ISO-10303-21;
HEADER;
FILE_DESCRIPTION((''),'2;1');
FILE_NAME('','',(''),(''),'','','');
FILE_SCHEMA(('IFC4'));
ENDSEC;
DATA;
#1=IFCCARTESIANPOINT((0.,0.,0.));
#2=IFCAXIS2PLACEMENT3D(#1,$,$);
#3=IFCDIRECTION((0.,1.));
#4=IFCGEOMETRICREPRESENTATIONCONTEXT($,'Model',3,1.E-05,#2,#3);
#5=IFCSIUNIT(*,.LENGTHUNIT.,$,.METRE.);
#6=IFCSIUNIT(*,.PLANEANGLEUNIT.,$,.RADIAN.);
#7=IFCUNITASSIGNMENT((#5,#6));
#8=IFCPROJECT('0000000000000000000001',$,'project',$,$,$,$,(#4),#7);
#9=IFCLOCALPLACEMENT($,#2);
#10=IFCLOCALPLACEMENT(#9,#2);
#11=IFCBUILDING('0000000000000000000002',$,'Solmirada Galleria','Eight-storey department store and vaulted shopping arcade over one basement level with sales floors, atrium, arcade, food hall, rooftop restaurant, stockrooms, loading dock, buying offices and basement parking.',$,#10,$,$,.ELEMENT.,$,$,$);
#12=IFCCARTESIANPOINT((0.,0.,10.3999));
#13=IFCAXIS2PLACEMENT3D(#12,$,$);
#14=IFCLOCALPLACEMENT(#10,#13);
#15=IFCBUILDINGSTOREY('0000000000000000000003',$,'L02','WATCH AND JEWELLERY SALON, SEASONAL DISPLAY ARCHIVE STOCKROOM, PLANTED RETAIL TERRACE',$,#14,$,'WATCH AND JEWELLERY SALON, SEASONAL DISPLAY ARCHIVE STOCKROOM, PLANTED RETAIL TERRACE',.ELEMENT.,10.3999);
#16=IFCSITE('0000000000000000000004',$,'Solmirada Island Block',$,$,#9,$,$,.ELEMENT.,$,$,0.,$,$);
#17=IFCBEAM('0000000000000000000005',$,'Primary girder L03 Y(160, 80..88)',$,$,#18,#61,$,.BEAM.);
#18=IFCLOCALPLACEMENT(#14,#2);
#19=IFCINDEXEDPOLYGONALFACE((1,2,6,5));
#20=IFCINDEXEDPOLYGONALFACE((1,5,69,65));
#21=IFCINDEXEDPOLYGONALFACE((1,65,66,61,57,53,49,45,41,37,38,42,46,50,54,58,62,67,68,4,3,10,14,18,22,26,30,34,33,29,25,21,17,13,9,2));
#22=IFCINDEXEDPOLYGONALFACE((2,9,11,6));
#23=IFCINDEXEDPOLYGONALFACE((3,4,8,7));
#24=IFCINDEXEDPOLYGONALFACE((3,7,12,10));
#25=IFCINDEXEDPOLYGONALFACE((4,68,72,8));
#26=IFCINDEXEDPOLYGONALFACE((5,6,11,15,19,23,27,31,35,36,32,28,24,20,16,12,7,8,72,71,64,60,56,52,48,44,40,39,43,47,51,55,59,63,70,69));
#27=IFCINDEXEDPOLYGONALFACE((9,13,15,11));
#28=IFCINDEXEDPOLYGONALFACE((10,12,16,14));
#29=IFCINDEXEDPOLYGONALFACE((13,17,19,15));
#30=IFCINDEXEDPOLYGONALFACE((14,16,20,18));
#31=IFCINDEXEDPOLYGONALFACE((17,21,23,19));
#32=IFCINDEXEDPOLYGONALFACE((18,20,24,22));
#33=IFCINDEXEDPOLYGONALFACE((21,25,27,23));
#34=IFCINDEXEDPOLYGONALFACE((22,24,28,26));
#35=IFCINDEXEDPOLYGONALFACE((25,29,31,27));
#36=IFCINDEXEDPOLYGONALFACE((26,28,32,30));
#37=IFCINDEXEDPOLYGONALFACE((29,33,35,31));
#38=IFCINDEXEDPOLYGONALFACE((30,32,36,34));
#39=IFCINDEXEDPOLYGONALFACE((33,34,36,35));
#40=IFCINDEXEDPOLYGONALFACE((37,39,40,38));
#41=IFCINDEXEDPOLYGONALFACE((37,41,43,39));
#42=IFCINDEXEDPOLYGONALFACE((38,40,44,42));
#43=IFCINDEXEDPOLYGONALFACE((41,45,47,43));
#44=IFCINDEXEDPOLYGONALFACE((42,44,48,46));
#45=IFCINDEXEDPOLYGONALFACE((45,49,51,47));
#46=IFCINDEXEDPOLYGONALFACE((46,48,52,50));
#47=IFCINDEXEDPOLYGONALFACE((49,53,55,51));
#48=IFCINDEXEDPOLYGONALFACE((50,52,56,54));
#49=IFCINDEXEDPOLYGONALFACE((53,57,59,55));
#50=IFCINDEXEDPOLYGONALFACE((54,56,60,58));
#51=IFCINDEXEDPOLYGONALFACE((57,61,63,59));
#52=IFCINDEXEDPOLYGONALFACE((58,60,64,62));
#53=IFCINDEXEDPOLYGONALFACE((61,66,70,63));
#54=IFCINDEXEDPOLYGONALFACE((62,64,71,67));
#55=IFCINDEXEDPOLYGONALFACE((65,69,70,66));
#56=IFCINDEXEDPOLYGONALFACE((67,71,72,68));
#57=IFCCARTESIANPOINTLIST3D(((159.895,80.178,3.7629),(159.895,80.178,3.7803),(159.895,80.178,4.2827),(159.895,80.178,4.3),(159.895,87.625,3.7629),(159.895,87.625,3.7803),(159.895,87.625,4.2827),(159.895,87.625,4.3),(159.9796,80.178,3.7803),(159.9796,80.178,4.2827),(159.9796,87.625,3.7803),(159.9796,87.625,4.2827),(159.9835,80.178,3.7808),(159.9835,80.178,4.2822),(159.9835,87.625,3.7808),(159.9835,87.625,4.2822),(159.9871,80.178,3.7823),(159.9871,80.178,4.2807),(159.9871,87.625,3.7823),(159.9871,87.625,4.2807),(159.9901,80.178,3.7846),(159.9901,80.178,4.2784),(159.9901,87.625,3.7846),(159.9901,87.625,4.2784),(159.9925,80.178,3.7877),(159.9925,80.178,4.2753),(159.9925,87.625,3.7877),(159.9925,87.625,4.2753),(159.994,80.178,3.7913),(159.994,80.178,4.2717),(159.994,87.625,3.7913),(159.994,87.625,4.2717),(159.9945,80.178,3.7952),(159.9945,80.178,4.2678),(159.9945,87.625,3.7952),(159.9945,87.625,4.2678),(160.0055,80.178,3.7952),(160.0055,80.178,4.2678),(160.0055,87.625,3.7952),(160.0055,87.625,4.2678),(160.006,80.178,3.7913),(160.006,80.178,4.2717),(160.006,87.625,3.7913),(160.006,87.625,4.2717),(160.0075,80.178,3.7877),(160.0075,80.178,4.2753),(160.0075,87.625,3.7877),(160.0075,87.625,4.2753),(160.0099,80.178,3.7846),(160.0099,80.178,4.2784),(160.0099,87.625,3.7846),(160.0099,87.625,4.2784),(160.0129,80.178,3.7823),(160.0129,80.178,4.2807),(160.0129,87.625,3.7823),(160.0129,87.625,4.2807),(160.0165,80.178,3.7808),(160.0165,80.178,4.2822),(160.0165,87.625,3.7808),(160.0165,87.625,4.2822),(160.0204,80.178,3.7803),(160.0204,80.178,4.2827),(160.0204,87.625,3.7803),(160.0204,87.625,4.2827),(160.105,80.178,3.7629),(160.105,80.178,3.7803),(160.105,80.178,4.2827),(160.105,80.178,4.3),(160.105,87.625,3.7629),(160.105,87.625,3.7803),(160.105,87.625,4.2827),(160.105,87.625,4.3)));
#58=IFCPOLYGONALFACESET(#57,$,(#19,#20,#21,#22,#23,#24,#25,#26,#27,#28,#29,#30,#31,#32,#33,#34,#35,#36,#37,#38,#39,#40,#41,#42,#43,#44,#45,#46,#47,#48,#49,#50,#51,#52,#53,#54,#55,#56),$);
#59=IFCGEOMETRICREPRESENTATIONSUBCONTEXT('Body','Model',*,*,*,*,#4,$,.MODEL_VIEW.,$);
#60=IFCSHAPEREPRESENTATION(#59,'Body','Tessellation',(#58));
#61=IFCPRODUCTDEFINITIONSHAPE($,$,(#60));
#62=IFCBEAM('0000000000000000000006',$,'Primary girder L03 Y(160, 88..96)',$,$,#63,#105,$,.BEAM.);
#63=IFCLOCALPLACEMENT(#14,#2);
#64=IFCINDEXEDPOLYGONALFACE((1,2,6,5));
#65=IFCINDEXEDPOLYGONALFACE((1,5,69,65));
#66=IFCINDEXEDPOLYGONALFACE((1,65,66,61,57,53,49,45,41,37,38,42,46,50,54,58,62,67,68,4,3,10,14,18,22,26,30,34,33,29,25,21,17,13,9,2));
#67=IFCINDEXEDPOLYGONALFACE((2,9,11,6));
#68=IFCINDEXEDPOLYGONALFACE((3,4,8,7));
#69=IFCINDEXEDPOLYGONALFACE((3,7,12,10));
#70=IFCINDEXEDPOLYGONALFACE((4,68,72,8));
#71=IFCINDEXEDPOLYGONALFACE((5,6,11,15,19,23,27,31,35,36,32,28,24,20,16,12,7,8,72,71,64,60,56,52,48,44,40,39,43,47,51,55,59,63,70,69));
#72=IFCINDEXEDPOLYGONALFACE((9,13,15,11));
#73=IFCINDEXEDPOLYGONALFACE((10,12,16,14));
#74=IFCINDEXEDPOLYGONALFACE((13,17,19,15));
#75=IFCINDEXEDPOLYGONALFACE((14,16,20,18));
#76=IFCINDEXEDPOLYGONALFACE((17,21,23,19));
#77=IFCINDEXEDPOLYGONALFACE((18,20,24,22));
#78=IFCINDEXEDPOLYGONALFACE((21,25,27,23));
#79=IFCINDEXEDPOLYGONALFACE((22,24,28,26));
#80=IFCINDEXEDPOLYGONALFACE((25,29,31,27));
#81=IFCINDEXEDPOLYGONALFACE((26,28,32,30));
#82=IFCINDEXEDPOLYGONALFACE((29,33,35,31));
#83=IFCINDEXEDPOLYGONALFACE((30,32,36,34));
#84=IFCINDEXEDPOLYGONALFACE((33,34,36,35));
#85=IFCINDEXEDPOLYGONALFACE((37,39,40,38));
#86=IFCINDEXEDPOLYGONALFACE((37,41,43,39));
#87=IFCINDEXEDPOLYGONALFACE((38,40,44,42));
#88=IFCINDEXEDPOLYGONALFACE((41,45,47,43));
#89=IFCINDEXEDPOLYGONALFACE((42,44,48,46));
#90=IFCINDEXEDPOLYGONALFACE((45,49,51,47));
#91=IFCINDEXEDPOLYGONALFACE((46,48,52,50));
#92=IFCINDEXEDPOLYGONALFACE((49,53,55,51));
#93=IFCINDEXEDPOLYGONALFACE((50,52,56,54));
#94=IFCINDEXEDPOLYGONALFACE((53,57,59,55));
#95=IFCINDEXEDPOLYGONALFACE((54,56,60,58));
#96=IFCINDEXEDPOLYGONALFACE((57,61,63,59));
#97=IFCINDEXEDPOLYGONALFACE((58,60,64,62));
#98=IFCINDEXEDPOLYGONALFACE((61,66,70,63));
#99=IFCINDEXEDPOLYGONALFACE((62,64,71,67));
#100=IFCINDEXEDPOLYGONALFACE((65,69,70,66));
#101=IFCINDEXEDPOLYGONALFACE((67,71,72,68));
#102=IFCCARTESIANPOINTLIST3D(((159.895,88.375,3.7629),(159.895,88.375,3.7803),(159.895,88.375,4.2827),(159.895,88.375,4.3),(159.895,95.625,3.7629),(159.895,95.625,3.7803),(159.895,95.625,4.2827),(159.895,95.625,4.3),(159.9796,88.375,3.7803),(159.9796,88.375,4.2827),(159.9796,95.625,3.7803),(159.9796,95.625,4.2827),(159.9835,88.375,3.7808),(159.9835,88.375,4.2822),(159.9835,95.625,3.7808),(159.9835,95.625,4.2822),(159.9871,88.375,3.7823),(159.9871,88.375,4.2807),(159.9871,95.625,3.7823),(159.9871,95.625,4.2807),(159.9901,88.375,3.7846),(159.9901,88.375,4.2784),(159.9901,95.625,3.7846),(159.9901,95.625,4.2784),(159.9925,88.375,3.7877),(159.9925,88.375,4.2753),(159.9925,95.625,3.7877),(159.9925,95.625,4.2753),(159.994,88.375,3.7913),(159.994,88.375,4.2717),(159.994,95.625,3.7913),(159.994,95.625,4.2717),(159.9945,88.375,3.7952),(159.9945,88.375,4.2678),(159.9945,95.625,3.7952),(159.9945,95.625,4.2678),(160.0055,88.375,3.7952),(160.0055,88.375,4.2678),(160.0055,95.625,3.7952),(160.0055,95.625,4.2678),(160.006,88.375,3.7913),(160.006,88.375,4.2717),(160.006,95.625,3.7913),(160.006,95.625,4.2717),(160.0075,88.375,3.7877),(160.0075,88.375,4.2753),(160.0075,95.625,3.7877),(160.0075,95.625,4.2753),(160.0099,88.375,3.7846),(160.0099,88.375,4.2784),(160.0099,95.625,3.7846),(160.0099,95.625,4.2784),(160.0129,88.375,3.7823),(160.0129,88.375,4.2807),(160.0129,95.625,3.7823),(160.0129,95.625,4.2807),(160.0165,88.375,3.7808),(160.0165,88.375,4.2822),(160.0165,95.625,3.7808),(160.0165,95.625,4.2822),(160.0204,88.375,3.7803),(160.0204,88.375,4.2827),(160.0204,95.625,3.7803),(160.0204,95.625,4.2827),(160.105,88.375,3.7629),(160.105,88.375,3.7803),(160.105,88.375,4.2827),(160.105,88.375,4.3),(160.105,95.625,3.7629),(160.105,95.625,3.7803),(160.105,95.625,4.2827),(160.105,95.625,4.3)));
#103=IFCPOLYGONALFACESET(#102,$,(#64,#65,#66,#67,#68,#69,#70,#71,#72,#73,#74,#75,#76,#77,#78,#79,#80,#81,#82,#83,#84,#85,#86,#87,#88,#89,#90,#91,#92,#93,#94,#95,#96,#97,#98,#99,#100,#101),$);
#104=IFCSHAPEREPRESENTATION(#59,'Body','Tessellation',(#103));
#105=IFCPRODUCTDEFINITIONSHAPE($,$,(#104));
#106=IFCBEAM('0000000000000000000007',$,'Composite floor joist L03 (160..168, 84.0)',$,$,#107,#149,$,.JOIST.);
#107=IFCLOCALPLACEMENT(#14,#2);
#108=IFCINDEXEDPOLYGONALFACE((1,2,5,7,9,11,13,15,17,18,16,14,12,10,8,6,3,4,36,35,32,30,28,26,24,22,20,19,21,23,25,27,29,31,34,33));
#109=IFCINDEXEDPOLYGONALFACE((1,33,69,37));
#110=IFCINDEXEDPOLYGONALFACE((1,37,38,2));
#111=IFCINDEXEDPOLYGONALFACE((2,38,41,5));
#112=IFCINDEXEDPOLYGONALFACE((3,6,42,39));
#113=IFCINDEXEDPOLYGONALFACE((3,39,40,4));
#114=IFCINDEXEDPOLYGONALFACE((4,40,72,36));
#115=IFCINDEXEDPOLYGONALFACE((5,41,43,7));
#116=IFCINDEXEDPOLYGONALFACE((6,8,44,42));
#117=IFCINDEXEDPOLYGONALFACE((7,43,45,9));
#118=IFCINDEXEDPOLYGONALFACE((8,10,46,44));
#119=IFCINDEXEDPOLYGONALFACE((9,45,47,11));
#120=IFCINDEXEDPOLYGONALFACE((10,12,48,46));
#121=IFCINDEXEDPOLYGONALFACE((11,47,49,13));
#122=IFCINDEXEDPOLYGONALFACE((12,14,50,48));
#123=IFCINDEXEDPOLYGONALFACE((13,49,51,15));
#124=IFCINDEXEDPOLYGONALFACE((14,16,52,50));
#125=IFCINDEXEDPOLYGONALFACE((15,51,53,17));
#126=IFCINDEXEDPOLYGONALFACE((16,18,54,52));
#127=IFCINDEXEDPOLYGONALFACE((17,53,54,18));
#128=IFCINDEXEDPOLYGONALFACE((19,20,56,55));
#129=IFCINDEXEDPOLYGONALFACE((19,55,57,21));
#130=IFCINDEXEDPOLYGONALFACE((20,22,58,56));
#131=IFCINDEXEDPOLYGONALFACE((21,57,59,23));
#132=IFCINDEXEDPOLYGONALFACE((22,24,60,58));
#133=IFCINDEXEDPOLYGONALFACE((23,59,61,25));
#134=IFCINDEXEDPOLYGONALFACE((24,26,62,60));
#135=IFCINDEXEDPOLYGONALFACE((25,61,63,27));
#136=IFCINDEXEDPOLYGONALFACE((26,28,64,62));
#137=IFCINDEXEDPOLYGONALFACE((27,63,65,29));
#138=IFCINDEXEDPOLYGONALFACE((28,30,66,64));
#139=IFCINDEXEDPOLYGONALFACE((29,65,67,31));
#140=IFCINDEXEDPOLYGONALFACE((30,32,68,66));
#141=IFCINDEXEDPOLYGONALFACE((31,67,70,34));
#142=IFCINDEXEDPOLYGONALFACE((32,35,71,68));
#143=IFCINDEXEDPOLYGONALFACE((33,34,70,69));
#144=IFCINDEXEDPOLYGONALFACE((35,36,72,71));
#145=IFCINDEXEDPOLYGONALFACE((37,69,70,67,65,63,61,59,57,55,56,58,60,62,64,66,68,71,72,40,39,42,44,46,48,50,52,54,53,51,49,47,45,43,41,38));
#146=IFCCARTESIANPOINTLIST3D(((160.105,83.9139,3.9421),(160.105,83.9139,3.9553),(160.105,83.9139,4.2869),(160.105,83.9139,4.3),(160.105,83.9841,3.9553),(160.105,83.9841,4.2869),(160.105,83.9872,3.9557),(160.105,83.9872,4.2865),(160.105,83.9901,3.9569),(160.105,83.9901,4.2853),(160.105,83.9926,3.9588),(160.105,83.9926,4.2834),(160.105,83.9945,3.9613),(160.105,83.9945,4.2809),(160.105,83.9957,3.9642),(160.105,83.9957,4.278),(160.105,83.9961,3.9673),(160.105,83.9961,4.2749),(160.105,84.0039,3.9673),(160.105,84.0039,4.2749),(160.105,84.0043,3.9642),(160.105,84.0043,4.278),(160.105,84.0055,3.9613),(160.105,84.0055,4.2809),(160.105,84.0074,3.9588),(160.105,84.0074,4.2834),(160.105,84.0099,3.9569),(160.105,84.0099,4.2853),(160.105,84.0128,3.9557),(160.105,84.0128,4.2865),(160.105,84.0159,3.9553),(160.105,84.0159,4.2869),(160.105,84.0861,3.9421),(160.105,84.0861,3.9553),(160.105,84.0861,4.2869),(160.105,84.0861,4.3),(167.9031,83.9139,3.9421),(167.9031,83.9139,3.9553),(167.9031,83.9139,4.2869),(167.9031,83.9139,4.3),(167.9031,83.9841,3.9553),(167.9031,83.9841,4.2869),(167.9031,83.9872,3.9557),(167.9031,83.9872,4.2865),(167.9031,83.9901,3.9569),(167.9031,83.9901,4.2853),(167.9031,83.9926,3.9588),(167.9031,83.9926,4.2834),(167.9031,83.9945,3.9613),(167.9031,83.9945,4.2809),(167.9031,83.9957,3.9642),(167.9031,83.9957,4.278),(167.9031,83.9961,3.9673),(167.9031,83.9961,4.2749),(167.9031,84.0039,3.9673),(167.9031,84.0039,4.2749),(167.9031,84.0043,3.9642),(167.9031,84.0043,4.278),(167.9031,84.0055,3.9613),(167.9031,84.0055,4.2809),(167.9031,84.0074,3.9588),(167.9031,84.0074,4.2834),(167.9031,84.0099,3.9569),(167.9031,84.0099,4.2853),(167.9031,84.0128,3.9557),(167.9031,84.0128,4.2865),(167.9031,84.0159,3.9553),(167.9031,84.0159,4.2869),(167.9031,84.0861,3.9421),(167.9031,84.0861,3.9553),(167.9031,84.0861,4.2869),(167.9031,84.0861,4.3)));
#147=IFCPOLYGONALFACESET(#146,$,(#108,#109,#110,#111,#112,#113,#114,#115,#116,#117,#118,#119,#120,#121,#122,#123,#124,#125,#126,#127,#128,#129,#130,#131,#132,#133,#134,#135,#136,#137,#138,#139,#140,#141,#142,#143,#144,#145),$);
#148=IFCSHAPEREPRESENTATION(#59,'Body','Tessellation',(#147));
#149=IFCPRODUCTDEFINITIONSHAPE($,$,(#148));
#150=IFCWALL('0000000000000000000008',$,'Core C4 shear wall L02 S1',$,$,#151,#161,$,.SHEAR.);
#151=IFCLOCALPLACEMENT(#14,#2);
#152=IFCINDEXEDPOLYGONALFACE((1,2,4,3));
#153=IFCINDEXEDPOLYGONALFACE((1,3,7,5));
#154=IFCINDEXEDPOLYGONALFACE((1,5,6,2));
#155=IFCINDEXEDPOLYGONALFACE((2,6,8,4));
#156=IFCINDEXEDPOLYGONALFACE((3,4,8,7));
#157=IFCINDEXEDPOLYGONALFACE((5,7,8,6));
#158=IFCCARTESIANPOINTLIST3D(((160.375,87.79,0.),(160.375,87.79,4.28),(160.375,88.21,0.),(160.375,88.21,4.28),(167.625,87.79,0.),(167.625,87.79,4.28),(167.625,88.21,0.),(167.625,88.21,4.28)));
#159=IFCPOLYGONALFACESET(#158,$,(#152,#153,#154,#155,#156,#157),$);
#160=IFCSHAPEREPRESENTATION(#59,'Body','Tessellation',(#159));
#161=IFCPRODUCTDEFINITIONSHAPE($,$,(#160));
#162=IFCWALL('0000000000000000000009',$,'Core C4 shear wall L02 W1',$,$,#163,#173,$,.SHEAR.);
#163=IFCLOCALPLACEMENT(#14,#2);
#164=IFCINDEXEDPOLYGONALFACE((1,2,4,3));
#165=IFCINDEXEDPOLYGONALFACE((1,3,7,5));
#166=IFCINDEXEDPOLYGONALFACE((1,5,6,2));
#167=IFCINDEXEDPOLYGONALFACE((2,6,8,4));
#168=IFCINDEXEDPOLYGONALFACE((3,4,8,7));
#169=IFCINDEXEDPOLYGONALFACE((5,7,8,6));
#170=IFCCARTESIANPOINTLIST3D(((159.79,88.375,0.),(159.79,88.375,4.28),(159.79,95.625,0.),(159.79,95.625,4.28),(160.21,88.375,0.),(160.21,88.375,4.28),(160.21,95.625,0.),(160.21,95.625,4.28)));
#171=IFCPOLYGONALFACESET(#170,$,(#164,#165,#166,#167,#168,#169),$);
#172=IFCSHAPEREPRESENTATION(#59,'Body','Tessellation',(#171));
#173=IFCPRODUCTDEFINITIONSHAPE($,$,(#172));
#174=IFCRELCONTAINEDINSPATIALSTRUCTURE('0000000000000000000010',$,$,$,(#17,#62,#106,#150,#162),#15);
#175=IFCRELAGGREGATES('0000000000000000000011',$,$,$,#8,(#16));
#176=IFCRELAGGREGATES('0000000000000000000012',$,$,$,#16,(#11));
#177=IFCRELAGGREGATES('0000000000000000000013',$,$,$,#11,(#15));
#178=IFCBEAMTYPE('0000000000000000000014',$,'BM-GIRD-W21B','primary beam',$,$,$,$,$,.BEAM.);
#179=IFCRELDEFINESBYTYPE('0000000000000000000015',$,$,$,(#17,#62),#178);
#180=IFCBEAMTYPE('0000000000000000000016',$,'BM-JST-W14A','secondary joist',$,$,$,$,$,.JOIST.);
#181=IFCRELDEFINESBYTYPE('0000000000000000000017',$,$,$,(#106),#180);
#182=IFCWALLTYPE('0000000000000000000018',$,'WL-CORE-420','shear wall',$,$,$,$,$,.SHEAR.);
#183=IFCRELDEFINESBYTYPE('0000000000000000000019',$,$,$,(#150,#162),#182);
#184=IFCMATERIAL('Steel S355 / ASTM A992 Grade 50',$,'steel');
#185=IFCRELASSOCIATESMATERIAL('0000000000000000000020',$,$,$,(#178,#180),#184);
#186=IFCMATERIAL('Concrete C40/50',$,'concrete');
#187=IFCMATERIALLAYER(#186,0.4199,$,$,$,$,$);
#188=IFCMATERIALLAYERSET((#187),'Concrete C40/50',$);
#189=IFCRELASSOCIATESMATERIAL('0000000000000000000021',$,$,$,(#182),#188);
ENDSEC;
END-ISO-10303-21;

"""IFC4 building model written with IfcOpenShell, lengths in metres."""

from ifc_helpers import new_model, si_unit, direction, frame, frame_2d, origin, origin_2d, place, context, subcontext, project, spatial, rectangle, i_section, extrude, material, layer, layer_set, material_profile, profile_set, type_object, element, save


model = new_model("IFC4")

# Units and contexts
model_context = context("Model", 3, precision=1e-05, world=origin(), true_north=direction((0.0, 1.0)))
body_context = subcontext(model_context, "Body", "Model", "MODEL_VIEW")
ifc_project = project(units=[si_unit("LENGTHUNIT", "METRE"), si_unit("PLANEANGLEUNIT", "RADIAN")], contexts=[model_context])

# Site, building, storey
site_placement = place(None, origin())
site = spatial("IfcSite", under=ifc_project, at=site_placement, Name="Solmirada Island Block", CompositionType="ELEMENT", RefElevation=0.0)
building_placement = place(site_placement, origin())
building = spatial("IfcBuilding", under=site, at=building_placement, Name="Solmirada Galleria", Description="Eight-storey department store and vaulted shopping arcade over one basement level with sales floors, atrium, arcade, food hall, rooftop restaurant, stockrooms, loading dock, buying offices and basement parking.", CompositionType="ELEMENT")
storey_placement = place(building_placement, frame((0.0, 0.0, 10.3999)))
storey = spatial("IfcBuildingStorey", under=building, at=storey_placement, Name="L02", Description="WATCH AND JEWELLERY SALON, SEASONAL DISPLAY ARCHIVE STOCKROOM, PLANTED RETAIL TERRACE", LongName="WATCH AND JEWELLERY SALON, SEASONAL DISPLAY ARCHIVE STOCKROOM, PLANTED RETAIL TERRACE", CompositionType="ELEMENT", Elevation=10.3999)

# Shared definitions
ifc_material_1 = material(Name="Concrete C40/50", Category="concrete")

# Beams
ifc_material_2 = material(Name="Steel S355 / ASTM A992 Grade 50", Category="steel")
ifc_material_profile_1 = material_profile(ifc_material_2, i_section(OverallWidth=0.21, OverallDepth=0.5371, WebThickness=0.011, FlangeThickness=0.0173, FilletRadius=0.0149, at=origin_2d()), Name="W21X68")
ifc_profile_set_1 = profile_set([ifc_material_profile_1], Name="Steel S355 / ASTM A992 Grade 50")
beam_type_1 = type_object("IfcBeamType", Name="BM-GIRD-W21B", Description="primary beam", PredefinedType="BEAM", material=ifc_profile_set_1)
beam_1_placement = place(storey_placement, frame((160.0, 80.178, 4.0315), z_axis=(0.0, 1.0, 0.0), x_axis=(-1.0, 0.0, 0.0)))
element("IfcBeam", 1, at=beam_1_placement, inside=storey, type_object=beam_type_1, Name="Primary girder L03 Y(160, 80..88)", PredefinedType="BEAM", context=body_context, shape_type="SweptSolid", body=[
    extrude(i_section(OverallWidth=0.21, OverallDepth=0.5371, WebThickness=0.011, FlangeThickness=0.0173, FilletRadius=0.0149, at=origin_2d()), origin(), (0.0, 0.0, 1.0), 7.447),
])
beam_2_placement = place(storey_placement, frame((160.0, 88.375, 4.0315), z_axis=(0.0, 1.0, 0.0), x_axis=(-1.0, 0.0, 0.0)))
element("IfcBeam", 2, at=beam_2_placement, inside=storey, type_object=beam_type_1, Name="Primary girder L03 Y(160, 88..96)", PredefinedType="BEAM", context=body_context, shape_type="SweptSolid", body=[
    extrude(i_section(OverallWidth=0.21, OverallDepth=0.5371, WebThickness=0.011, FlangeThickness=0.0173, FilletRadius=0.0149, at=origin_2d()), origin(), (0.0, 0.0, 1.0), 7.25),
])
ifc_material_profile_2 = material_profile(ifc_material_2, i_section(OverallWidth=0.1721, OverallDepth=0.3579, WebThickness=0.0078, FlangeThickness=0.0132, FilletRadius=0.012, at=origin_2d()), Name="W14X38")
ifc_profile_set_2 = profile_set([ifc_material_profile_2], Name="Steel S355 / ASTM A992 Grade 50")
beam_type_2 = type_object("IfcBeamType", Name="BM-JST-W14A", Description="secondary joist", PredefinedType="JOIST", material=ifc_profile_set_2)
beam_3_placement = place(storey_placement, frame((160.105, 84.0, 4.1211), z_axis=(1.0, 0.0, 0.0), x_axis=(0.0, 1.0, 0.0)))
element("IfcBeam", 3, at=beam_3_placement, inside=storey, type_object=beam_type_2, Name="Composite floor joist L03 (160..168, 84.0)", PredefinedType="JOIST", context=body_context, shape_type="SweptSolid", body=[
    extrude(i_section(OverallWidth=0.1721, OverallDepth=0.3579, WebThickness=0.0078, FlangeThickness=0.0132, FilletRadius=0.012, at=origin_2d()), origin(), (0.0, 0.0, 1.0), 7.7981),
])

# Walls
ifc_layer_1 = layer(ifc_material_1, 0.4199)
ifc_layer_set_1 = layer_set([ifc_layer_1], Name="Concrete C40/50")
wall_type_1 = type_object("IfcWallType", Name="WL-CORE-420", Description="shear wall", PredefinedType="SHEAR", material=ifc_layer_set_1)
for number, where, z_axis, x_axis, name in (
    (4, (160.375, 88.0, 0.0), (0.0, 0.0, 1.0), (1.0, 0.0, 0.0), "Core C4 shear wall L02 S1"),
    (5, (160.0, 88.375, 0.0), (0.0, 0.0, 1.0), (0.0, 1.0, 0.0), "Core C4 shear wall L02 W1"),
):
    element("IfcWall", number, at=place(storey_placement, frame(where, z_axis=z_axis, x_axis=x_axis)), inside=storey, type_object=wall_type_1, Name=name, PredefinedType="SHEAR", context=body_context, shape_type="SweptSolid", body=[
        extrude(rectangle(XDim=7.25, YDim=0.4199, at=frame_2d((3.625, 0.0))), origin(), (0.0, 0.0, 1.0), 4.28),
    ])

save(model, "model.ifc")
